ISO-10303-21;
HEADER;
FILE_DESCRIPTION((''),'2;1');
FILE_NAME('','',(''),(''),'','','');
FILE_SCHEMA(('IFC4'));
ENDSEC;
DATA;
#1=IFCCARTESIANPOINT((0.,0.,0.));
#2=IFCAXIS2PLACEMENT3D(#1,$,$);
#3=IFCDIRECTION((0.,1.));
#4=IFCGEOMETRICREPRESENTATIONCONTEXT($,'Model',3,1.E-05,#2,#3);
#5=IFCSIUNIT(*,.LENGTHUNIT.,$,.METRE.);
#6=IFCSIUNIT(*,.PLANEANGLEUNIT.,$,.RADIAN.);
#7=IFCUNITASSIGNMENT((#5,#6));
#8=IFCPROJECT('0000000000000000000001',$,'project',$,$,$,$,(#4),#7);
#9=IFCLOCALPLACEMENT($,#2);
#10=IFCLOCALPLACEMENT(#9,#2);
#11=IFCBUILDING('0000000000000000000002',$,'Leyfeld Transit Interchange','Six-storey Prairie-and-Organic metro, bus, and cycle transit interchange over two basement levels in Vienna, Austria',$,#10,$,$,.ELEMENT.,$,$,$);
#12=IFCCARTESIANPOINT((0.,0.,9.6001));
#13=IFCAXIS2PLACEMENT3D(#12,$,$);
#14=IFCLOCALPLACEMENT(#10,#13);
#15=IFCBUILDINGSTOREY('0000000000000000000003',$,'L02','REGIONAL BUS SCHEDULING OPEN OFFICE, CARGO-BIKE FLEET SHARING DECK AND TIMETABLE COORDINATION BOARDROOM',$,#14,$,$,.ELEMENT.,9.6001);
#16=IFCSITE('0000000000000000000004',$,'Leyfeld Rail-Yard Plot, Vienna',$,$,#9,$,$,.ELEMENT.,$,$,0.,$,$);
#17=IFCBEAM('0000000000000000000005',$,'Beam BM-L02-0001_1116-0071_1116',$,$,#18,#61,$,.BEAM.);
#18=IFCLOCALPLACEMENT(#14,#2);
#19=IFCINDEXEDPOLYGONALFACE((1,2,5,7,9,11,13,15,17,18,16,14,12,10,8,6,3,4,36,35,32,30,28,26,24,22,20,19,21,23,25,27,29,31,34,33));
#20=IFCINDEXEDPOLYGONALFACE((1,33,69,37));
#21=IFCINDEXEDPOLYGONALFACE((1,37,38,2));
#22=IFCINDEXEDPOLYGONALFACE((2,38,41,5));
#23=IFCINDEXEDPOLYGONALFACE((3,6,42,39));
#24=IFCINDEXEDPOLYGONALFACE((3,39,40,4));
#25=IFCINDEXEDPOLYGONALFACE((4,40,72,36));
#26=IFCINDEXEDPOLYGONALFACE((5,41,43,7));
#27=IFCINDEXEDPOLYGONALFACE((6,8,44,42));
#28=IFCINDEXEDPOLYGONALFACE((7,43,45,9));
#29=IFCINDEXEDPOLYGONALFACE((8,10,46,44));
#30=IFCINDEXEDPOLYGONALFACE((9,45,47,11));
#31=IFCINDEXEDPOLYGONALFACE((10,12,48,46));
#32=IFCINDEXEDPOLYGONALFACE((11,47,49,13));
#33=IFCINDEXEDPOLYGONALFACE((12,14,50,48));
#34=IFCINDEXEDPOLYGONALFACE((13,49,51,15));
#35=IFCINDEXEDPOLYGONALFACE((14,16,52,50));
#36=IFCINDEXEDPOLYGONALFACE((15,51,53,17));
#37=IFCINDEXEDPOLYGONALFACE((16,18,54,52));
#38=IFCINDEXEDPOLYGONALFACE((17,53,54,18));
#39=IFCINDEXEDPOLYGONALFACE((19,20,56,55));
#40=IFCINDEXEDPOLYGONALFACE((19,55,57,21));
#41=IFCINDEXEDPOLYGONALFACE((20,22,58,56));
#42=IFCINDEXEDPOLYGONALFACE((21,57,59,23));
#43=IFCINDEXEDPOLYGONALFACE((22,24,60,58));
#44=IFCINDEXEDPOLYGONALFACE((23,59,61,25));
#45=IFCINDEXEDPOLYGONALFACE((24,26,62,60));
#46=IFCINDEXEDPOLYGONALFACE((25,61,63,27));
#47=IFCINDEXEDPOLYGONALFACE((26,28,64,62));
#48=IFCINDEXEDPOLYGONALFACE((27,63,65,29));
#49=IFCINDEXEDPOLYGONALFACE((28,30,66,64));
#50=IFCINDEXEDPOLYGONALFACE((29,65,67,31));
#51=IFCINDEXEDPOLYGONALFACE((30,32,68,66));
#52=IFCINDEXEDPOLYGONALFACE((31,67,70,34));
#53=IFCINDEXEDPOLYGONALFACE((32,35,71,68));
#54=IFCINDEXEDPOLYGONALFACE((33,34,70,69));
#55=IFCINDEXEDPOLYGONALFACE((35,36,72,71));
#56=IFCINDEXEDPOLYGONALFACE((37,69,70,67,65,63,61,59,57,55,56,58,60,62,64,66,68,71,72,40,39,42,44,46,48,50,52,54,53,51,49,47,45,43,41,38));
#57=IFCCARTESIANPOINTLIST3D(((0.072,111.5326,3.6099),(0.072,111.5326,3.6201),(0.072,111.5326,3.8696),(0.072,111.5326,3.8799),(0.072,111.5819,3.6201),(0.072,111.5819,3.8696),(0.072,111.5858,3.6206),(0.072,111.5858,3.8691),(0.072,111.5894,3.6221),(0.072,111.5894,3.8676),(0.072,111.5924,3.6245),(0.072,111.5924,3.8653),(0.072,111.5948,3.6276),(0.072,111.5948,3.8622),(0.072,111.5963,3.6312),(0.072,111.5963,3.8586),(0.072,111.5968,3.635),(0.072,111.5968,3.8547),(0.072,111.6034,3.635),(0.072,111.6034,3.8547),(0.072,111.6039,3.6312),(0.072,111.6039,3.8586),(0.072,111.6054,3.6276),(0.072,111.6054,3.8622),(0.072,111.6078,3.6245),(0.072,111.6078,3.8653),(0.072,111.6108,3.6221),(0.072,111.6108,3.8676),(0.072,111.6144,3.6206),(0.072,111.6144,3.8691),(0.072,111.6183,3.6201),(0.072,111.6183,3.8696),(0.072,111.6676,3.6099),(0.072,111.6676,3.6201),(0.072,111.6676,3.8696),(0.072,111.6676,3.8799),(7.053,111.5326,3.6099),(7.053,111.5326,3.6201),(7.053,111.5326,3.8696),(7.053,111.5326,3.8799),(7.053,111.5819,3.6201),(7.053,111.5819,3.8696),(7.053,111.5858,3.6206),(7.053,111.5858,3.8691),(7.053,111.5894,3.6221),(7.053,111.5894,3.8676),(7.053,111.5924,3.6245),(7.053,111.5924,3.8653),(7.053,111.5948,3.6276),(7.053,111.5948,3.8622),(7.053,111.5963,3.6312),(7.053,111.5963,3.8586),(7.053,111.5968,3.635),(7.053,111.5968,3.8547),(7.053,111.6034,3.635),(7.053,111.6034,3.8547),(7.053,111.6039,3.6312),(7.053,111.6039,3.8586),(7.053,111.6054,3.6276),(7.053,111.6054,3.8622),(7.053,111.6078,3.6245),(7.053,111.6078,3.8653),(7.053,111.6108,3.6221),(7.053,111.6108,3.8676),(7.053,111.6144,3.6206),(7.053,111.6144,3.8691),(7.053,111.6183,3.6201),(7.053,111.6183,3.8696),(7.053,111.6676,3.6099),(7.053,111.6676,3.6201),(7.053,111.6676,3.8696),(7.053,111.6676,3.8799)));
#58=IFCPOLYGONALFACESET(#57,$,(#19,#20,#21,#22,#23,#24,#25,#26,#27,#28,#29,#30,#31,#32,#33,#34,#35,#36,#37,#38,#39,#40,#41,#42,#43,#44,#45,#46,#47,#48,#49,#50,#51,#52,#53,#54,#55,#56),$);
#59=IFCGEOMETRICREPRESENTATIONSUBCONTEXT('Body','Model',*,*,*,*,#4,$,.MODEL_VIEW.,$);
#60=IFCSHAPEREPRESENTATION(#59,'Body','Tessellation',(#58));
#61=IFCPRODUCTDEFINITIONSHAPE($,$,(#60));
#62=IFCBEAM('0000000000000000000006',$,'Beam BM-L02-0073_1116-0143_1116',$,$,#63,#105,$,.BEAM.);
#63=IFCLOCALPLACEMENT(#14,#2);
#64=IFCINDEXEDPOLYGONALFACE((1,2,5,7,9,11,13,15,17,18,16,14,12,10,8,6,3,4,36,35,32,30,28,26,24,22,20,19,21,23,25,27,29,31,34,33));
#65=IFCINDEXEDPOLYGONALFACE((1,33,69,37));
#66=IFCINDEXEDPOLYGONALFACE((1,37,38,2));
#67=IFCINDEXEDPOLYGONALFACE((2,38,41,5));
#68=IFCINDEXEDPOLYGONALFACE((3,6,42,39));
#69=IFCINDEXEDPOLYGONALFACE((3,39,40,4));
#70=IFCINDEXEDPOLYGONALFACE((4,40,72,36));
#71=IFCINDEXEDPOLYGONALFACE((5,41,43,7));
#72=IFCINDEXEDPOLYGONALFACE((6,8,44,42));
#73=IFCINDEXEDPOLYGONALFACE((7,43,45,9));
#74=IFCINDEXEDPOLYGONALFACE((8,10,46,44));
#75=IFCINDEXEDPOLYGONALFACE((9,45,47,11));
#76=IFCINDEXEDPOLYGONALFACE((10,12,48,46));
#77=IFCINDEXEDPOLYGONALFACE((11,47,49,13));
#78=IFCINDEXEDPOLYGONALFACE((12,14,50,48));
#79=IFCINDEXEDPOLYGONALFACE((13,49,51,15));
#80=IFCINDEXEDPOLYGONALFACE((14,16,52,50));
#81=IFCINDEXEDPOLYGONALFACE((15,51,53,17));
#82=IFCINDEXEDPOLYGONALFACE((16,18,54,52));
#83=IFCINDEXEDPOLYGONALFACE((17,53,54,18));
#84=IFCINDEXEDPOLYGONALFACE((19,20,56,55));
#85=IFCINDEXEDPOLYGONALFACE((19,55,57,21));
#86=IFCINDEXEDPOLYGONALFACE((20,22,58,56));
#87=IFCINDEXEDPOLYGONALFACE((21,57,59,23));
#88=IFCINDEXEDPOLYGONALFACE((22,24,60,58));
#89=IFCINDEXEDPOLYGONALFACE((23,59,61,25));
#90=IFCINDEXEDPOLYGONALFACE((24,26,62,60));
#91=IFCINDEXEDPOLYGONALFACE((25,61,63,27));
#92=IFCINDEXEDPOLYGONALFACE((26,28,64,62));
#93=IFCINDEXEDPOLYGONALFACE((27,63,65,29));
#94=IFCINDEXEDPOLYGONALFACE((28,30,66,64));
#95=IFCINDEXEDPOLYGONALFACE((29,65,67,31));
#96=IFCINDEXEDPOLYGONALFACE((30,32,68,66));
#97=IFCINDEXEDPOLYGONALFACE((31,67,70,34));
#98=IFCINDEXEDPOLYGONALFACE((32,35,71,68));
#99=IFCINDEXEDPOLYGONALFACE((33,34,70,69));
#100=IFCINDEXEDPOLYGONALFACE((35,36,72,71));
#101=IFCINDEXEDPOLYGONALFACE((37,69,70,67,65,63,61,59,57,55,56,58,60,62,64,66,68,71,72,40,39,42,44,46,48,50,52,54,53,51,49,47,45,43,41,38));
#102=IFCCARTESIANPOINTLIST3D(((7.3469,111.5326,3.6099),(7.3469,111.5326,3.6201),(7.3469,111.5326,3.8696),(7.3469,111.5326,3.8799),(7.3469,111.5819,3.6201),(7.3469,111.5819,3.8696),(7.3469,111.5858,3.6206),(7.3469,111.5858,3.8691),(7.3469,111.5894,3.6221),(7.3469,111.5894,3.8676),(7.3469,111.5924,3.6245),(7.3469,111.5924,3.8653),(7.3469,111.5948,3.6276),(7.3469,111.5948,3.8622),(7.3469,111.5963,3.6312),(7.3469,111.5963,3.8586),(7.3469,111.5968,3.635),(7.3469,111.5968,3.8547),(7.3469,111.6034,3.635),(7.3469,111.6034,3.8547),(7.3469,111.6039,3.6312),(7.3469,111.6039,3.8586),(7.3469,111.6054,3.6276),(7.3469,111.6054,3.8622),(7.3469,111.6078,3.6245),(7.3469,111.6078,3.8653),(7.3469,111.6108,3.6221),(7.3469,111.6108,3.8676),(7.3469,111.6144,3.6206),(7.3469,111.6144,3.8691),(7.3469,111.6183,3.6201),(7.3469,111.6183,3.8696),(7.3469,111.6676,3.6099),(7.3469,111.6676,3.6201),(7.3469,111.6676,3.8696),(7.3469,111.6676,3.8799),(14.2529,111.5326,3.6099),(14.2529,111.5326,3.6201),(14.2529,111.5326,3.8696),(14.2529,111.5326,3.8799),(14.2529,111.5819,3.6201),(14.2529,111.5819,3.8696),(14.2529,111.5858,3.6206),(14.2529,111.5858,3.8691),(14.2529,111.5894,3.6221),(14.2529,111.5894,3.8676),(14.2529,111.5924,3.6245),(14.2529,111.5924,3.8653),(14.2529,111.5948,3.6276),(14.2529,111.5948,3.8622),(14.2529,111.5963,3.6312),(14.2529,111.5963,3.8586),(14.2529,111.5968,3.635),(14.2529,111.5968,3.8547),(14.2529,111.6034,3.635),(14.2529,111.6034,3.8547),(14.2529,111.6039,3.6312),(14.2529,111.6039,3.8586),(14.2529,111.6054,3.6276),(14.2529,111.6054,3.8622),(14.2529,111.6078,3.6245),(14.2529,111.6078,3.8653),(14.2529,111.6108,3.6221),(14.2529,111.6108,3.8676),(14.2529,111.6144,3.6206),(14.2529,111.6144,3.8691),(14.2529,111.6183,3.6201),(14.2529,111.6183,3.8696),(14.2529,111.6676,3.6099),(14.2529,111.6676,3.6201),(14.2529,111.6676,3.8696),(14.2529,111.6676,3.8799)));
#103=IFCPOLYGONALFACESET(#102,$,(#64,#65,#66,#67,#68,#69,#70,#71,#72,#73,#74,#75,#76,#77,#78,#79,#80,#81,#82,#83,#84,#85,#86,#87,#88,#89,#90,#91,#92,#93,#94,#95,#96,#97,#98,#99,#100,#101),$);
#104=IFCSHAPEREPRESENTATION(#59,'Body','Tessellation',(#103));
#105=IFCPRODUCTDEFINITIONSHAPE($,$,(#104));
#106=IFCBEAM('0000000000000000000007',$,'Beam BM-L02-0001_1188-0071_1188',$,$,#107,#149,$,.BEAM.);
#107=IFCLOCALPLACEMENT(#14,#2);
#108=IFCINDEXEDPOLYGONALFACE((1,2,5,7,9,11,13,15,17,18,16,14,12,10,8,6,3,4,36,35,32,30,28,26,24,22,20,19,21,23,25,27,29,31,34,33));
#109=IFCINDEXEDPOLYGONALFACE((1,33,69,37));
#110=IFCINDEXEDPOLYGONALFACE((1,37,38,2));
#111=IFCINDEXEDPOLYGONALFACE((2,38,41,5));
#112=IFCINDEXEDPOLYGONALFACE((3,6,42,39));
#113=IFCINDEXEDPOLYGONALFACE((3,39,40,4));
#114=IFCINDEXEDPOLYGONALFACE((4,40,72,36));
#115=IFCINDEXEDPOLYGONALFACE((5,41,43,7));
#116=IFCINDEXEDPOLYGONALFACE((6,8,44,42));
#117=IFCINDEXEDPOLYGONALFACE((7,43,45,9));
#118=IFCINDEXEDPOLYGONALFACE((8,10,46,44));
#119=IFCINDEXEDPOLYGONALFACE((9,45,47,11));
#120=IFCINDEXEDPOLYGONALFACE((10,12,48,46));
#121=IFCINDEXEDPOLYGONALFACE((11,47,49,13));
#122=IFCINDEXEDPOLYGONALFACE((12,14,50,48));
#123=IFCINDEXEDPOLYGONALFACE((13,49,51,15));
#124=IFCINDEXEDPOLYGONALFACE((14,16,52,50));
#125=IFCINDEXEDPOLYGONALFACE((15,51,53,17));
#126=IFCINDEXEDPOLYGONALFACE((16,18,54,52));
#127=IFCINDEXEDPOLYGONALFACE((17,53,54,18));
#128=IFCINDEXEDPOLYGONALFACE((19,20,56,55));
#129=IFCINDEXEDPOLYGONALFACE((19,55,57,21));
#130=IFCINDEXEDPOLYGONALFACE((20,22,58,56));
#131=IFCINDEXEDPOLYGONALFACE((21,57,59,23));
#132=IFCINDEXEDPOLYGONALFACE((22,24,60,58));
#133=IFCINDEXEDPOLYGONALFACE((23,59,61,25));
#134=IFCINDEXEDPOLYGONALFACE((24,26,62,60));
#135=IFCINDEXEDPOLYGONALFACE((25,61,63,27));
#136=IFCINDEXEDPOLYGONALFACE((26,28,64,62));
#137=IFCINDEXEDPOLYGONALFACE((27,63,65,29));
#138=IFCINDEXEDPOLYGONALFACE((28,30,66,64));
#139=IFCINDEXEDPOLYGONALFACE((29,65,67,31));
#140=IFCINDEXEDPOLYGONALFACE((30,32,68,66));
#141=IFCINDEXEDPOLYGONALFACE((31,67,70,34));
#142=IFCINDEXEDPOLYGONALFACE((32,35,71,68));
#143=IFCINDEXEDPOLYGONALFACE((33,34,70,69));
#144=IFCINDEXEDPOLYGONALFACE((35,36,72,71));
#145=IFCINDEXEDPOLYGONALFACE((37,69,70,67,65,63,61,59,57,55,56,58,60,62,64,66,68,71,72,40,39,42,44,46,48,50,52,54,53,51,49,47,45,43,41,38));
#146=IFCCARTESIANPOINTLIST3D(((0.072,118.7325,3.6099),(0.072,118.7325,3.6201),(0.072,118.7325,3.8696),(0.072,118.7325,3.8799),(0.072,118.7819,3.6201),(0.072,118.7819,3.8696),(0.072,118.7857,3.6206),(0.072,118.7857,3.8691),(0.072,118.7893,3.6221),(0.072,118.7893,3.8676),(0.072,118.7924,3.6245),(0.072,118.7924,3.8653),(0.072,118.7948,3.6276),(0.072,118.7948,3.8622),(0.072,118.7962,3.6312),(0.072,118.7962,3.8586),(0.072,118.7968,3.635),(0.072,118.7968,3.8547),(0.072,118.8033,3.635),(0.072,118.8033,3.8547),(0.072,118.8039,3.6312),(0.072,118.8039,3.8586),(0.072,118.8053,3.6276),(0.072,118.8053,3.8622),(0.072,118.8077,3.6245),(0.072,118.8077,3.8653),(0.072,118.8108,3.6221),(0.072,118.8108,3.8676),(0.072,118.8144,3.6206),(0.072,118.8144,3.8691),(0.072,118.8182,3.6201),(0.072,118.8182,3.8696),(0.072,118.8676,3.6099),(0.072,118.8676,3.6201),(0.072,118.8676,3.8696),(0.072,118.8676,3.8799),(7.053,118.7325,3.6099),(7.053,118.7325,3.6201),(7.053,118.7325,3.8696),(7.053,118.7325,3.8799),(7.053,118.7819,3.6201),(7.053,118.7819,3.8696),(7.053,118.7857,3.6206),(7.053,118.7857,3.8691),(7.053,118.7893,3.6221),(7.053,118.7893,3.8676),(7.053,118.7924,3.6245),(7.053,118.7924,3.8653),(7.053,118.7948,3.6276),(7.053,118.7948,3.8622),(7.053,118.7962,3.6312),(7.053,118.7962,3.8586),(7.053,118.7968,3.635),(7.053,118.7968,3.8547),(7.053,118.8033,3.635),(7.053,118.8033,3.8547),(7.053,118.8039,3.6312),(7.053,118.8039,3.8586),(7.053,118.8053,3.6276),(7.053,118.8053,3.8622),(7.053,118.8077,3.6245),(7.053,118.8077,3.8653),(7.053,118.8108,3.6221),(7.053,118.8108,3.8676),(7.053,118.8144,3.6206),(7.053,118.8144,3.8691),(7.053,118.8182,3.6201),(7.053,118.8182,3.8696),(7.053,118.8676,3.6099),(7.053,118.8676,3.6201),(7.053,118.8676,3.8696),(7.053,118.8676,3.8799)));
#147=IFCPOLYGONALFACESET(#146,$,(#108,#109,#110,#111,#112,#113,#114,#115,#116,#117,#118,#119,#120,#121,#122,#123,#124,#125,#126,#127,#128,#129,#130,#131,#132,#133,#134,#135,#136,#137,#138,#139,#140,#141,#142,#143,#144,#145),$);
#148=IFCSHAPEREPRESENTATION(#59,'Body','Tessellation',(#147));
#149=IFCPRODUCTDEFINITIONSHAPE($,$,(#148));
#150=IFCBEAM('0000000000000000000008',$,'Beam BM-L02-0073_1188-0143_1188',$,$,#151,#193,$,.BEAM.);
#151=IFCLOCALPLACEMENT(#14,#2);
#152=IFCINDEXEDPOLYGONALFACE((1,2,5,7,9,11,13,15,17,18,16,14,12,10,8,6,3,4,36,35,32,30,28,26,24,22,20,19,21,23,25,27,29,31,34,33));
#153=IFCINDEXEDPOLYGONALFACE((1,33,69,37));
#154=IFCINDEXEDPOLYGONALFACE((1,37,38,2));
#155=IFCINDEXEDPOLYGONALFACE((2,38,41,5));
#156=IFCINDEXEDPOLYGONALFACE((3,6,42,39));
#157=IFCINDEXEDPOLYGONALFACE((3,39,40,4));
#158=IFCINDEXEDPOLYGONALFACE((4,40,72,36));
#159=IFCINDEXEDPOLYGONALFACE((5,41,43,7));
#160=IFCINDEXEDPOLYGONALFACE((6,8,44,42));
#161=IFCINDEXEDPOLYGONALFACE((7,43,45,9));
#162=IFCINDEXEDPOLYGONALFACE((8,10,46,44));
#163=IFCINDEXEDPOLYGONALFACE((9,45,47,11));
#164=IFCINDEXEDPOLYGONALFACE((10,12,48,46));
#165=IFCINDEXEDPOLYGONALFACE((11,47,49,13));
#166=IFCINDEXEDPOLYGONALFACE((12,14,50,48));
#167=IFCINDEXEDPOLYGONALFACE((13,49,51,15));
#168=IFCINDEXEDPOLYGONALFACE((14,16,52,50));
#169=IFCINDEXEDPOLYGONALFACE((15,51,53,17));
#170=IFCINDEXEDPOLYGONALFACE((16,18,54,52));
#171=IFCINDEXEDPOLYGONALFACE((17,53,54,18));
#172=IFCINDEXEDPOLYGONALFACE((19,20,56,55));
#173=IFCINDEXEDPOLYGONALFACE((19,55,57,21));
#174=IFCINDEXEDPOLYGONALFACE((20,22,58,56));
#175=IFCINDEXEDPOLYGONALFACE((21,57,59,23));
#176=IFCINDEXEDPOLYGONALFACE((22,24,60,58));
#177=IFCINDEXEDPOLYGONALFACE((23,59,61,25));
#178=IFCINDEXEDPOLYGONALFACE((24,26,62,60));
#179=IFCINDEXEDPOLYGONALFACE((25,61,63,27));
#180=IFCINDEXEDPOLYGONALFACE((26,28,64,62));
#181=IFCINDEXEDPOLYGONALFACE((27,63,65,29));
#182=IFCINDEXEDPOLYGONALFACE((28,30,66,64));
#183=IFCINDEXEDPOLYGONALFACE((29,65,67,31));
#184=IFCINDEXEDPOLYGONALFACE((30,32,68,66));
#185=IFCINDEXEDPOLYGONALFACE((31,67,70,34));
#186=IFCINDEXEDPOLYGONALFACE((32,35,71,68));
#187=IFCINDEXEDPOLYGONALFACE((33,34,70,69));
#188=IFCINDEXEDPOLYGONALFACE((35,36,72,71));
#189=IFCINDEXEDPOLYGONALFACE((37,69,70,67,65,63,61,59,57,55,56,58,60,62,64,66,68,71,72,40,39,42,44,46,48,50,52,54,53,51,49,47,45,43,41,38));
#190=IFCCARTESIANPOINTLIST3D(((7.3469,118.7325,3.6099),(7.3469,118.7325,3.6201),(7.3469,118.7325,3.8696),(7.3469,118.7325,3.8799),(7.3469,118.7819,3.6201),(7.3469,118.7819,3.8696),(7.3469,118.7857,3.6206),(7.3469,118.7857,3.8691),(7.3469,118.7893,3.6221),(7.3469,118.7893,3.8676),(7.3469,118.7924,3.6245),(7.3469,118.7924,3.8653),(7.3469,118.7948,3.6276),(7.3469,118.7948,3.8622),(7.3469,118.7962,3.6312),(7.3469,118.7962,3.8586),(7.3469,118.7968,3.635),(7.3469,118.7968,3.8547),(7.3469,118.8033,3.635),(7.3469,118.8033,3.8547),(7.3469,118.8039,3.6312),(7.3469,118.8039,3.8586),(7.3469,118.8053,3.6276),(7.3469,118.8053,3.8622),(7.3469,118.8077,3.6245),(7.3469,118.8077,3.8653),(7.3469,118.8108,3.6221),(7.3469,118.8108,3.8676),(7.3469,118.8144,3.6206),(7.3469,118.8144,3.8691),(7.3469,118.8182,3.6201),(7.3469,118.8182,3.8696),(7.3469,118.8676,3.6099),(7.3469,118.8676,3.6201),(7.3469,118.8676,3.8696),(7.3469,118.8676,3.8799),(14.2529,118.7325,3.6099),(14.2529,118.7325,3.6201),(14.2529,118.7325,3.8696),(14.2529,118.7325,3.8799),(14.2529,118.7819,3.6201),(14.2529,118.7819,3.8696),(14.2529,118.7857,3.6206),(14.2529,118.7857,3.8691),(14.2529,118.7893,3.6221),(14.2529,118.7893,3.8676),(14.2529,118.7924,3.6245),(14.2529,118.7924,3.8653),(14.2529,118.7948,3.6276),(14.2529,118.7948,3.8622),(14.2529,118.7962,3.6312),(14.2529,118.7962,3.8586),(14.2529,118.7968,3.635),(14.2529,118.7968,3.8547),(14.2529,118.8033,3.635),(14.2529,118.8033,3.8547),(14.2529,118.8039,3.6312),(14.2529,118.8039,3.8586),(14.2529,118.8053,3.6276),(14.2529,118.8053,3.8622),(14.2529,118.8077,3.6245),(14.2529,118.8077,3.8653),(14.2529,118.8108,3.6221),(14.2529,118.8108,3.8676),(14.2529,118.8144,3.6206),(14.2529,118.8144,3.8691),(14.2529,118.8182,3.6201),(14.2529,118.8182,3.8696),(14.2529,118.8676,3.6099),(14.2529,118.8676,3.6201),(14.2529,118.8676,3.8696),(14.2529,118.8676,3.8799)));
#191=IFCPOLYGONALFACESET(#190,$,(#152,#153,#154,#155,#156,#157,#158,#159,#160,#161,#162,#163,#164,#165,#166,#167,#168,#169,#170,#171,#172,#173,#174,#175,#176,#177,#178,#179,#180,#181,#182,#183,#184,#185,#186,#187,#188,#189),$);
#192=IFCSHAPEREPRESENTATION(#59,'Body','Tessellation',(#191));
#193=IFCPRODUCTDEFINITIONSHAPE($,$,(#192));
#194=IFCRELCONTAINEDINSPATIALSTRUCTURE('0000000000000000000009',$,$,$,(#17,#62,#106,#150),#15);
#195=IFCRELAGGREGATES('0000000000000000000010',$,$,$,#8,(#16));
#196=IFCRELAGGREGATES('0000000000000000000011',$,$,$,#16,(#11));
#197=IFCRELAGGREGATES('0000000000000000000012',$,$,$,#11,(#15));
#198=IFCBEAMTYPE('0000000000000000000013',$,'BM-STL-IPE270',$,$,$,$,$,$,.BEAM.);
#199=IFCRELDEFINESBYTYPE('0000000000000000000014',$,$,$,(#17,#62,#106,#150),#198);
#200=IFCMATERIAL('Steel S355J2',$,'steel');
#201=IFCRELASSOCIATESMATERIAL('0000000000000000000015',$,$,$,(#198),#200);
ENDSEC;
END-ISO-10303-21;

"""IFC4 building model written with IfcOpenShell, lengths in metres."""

from ifc_helpers import new_model, si_unit, direction, frame, origin, origin_2d, place, context, subcontext, project, spatial, i_section, extrude, material, material_profile, profile_set, type_object, element, save


model = new_model("IFC4")

# Units and contexts
model_context = context("Model", 3, precision=1e-05, world=origin(), true_north=direction((0.0, 1.0)))
body_context = subcontext(model_context, "Body", "Model", "MODEL_VIEW")
ifc_project = project(units=[si_unit("LENGTHUNIT", "METRE"), si_unit("PLANEANGLEUNIT", "RADIAN")], contexts=[model_context])

# Site, building, storey
site_placement = place(None, origin())
site = spatial("IfcSite", under=ifc_project, at=site_placement, Name="Leyfeld Rail-Yard Plot, Vienna", CompositionType="ELEMENT", RefElevation=0.0)
building_placement = place(site_placement, origin())
building = spatial("IfcBuilding", under=site, at=building_placement, Name="Leyfeld Transit Interchange", Description="Six-storey Prairie-and-Organic metro, bus, and cycle transit interchange over two basement levels in Vienna, Austria", CompositionType="ELEMENT")
storey_placement = place(building_placement, frame((0.0, 0.0, 9.6001)))
storey = spatial("IfcBuildingStorey", under=building, at=storey_placement, Name="L02", Description="REGIONAL BUS SCHEDULING OPEN OFFICE, CARGO-BIKE FLEET SHARING DECK AND TIMETABLE COORDINATION BOARDROOM", CompositionType="ELEMENT", Elevation=9.6001)

# Beams
ifc_material_1 = material(Name="Steel S355J2", Category="steel")
ifc_material_profile_1 = material_profile(ifc_material_1, i_section(OverallWidth=0.135, OverallDepth=0.27, WebThickness=0.0066, FlangeThickness=0.0103, FilletRadius=0.0149, at=origin_2d()), Name="IPE 270")
ifc_profile_set_1 = profile_set([ifc_material_profile_1], Name="Steel S355J2")
beam_type_1 = type_object("IfcBeamType", Name="BM-STL-IPE270", PredefinedType="BEAM", material=ifc_profile_set_1)
beam_1_placement = place(storey_placement, frame((0.072, 111.6001, 3.7449), z_axis=(1.0, 0.0, 0.0), x_axis=(0.0, 1.0, 0.0)))
element("IfcBeam", 1, at=beam_1_placement, inside=storey, type_object=beam_type_1, Name="Beam BM-L02-0001_1116-0071_1116", PredefinedType="BEAM", context=body_context, shape_type="SweptSolid", body=[
    extrude(i_section(OverallWidth=0.135, OverallDepth=0.27, WebThickness=0.0066, FlangeThickness=0.0103, FilletRadius=0.0149, at=origin_2d()), origin(), (0.0, 0.0, 1.0), 6.981),
])
beam_2_placement = place(storey_placement, frame((7.3469, 111.6001, 3.7449), z_axis=(1.0, 0.0, 0.0), x_axis=(0.0, 1.0, 0.0)))
element("IfcBeam", 2, at=beam_2_placement, inside=storey, type_object=beam_type_1, Name="Beam BM-L02-0073_1116-0143_1116", PredefinedType="BEAM", context=body_context, shape_type="SweptSolid", body=[
    extrude(i_section(OverallWidth=0.135, OverallDepth=0.27, WebThickness=0.0066, FlangeThickness=0.0103, FilletRadius=0.0149, at=origin_2d()), origin(), (0.0, 0.0, 1.0), 6.906),
])
beam_3_placement = place(storey_placement, frame((0.072, 118.8, 3.7449), z_axis=(1.0, 0.0, 0.0), x_axis=(0.0, 1.0, 0.0)))
element("IfcBeam", 3, at=beam_3_placement, inside=storey, type_object=beam_type_1, Name="Beam BM-L02-0001_1188-0071_1188", PredefinedType="BEAM", context=body_context, shape_type="SweptSolid", body=[
    extrude(i_section(OverallWidth=0.135, OverallDepth=0.27, WebThickness=0.0066, FlangeThickness=0.0103, FilletRadius=0.0149, at=origin_2d()), origin(), (0.0, 0.0, 1.0), 6.981),
])
beam_4_placement = place(storey_placement, frame((7.3469, 118.8, 3.7449), z_axis=(1.0, 0.0, 0.0), x_axis=(0.0, 1.0, 0.0)))
element("IfcBeam", 4, at=beam_4_placement, inside=storey, type_object=beam_type_1, Name="Beam BM-L02-0073_1188-0143_1188", PredefinedType="BEAM", context=body_context, shape_type="SweptSolid", body=[
    extrude(i_section(OverallWidth=0.135, OverallDepth=0.27, WebThickness=0.0066, FlangeThickness=0.0103, FilletRadius=0.0149, at=origin_2d()), origin(), (0.0, 0.0, 1.0), 6.906),
])

save(model, "model.ifc")
